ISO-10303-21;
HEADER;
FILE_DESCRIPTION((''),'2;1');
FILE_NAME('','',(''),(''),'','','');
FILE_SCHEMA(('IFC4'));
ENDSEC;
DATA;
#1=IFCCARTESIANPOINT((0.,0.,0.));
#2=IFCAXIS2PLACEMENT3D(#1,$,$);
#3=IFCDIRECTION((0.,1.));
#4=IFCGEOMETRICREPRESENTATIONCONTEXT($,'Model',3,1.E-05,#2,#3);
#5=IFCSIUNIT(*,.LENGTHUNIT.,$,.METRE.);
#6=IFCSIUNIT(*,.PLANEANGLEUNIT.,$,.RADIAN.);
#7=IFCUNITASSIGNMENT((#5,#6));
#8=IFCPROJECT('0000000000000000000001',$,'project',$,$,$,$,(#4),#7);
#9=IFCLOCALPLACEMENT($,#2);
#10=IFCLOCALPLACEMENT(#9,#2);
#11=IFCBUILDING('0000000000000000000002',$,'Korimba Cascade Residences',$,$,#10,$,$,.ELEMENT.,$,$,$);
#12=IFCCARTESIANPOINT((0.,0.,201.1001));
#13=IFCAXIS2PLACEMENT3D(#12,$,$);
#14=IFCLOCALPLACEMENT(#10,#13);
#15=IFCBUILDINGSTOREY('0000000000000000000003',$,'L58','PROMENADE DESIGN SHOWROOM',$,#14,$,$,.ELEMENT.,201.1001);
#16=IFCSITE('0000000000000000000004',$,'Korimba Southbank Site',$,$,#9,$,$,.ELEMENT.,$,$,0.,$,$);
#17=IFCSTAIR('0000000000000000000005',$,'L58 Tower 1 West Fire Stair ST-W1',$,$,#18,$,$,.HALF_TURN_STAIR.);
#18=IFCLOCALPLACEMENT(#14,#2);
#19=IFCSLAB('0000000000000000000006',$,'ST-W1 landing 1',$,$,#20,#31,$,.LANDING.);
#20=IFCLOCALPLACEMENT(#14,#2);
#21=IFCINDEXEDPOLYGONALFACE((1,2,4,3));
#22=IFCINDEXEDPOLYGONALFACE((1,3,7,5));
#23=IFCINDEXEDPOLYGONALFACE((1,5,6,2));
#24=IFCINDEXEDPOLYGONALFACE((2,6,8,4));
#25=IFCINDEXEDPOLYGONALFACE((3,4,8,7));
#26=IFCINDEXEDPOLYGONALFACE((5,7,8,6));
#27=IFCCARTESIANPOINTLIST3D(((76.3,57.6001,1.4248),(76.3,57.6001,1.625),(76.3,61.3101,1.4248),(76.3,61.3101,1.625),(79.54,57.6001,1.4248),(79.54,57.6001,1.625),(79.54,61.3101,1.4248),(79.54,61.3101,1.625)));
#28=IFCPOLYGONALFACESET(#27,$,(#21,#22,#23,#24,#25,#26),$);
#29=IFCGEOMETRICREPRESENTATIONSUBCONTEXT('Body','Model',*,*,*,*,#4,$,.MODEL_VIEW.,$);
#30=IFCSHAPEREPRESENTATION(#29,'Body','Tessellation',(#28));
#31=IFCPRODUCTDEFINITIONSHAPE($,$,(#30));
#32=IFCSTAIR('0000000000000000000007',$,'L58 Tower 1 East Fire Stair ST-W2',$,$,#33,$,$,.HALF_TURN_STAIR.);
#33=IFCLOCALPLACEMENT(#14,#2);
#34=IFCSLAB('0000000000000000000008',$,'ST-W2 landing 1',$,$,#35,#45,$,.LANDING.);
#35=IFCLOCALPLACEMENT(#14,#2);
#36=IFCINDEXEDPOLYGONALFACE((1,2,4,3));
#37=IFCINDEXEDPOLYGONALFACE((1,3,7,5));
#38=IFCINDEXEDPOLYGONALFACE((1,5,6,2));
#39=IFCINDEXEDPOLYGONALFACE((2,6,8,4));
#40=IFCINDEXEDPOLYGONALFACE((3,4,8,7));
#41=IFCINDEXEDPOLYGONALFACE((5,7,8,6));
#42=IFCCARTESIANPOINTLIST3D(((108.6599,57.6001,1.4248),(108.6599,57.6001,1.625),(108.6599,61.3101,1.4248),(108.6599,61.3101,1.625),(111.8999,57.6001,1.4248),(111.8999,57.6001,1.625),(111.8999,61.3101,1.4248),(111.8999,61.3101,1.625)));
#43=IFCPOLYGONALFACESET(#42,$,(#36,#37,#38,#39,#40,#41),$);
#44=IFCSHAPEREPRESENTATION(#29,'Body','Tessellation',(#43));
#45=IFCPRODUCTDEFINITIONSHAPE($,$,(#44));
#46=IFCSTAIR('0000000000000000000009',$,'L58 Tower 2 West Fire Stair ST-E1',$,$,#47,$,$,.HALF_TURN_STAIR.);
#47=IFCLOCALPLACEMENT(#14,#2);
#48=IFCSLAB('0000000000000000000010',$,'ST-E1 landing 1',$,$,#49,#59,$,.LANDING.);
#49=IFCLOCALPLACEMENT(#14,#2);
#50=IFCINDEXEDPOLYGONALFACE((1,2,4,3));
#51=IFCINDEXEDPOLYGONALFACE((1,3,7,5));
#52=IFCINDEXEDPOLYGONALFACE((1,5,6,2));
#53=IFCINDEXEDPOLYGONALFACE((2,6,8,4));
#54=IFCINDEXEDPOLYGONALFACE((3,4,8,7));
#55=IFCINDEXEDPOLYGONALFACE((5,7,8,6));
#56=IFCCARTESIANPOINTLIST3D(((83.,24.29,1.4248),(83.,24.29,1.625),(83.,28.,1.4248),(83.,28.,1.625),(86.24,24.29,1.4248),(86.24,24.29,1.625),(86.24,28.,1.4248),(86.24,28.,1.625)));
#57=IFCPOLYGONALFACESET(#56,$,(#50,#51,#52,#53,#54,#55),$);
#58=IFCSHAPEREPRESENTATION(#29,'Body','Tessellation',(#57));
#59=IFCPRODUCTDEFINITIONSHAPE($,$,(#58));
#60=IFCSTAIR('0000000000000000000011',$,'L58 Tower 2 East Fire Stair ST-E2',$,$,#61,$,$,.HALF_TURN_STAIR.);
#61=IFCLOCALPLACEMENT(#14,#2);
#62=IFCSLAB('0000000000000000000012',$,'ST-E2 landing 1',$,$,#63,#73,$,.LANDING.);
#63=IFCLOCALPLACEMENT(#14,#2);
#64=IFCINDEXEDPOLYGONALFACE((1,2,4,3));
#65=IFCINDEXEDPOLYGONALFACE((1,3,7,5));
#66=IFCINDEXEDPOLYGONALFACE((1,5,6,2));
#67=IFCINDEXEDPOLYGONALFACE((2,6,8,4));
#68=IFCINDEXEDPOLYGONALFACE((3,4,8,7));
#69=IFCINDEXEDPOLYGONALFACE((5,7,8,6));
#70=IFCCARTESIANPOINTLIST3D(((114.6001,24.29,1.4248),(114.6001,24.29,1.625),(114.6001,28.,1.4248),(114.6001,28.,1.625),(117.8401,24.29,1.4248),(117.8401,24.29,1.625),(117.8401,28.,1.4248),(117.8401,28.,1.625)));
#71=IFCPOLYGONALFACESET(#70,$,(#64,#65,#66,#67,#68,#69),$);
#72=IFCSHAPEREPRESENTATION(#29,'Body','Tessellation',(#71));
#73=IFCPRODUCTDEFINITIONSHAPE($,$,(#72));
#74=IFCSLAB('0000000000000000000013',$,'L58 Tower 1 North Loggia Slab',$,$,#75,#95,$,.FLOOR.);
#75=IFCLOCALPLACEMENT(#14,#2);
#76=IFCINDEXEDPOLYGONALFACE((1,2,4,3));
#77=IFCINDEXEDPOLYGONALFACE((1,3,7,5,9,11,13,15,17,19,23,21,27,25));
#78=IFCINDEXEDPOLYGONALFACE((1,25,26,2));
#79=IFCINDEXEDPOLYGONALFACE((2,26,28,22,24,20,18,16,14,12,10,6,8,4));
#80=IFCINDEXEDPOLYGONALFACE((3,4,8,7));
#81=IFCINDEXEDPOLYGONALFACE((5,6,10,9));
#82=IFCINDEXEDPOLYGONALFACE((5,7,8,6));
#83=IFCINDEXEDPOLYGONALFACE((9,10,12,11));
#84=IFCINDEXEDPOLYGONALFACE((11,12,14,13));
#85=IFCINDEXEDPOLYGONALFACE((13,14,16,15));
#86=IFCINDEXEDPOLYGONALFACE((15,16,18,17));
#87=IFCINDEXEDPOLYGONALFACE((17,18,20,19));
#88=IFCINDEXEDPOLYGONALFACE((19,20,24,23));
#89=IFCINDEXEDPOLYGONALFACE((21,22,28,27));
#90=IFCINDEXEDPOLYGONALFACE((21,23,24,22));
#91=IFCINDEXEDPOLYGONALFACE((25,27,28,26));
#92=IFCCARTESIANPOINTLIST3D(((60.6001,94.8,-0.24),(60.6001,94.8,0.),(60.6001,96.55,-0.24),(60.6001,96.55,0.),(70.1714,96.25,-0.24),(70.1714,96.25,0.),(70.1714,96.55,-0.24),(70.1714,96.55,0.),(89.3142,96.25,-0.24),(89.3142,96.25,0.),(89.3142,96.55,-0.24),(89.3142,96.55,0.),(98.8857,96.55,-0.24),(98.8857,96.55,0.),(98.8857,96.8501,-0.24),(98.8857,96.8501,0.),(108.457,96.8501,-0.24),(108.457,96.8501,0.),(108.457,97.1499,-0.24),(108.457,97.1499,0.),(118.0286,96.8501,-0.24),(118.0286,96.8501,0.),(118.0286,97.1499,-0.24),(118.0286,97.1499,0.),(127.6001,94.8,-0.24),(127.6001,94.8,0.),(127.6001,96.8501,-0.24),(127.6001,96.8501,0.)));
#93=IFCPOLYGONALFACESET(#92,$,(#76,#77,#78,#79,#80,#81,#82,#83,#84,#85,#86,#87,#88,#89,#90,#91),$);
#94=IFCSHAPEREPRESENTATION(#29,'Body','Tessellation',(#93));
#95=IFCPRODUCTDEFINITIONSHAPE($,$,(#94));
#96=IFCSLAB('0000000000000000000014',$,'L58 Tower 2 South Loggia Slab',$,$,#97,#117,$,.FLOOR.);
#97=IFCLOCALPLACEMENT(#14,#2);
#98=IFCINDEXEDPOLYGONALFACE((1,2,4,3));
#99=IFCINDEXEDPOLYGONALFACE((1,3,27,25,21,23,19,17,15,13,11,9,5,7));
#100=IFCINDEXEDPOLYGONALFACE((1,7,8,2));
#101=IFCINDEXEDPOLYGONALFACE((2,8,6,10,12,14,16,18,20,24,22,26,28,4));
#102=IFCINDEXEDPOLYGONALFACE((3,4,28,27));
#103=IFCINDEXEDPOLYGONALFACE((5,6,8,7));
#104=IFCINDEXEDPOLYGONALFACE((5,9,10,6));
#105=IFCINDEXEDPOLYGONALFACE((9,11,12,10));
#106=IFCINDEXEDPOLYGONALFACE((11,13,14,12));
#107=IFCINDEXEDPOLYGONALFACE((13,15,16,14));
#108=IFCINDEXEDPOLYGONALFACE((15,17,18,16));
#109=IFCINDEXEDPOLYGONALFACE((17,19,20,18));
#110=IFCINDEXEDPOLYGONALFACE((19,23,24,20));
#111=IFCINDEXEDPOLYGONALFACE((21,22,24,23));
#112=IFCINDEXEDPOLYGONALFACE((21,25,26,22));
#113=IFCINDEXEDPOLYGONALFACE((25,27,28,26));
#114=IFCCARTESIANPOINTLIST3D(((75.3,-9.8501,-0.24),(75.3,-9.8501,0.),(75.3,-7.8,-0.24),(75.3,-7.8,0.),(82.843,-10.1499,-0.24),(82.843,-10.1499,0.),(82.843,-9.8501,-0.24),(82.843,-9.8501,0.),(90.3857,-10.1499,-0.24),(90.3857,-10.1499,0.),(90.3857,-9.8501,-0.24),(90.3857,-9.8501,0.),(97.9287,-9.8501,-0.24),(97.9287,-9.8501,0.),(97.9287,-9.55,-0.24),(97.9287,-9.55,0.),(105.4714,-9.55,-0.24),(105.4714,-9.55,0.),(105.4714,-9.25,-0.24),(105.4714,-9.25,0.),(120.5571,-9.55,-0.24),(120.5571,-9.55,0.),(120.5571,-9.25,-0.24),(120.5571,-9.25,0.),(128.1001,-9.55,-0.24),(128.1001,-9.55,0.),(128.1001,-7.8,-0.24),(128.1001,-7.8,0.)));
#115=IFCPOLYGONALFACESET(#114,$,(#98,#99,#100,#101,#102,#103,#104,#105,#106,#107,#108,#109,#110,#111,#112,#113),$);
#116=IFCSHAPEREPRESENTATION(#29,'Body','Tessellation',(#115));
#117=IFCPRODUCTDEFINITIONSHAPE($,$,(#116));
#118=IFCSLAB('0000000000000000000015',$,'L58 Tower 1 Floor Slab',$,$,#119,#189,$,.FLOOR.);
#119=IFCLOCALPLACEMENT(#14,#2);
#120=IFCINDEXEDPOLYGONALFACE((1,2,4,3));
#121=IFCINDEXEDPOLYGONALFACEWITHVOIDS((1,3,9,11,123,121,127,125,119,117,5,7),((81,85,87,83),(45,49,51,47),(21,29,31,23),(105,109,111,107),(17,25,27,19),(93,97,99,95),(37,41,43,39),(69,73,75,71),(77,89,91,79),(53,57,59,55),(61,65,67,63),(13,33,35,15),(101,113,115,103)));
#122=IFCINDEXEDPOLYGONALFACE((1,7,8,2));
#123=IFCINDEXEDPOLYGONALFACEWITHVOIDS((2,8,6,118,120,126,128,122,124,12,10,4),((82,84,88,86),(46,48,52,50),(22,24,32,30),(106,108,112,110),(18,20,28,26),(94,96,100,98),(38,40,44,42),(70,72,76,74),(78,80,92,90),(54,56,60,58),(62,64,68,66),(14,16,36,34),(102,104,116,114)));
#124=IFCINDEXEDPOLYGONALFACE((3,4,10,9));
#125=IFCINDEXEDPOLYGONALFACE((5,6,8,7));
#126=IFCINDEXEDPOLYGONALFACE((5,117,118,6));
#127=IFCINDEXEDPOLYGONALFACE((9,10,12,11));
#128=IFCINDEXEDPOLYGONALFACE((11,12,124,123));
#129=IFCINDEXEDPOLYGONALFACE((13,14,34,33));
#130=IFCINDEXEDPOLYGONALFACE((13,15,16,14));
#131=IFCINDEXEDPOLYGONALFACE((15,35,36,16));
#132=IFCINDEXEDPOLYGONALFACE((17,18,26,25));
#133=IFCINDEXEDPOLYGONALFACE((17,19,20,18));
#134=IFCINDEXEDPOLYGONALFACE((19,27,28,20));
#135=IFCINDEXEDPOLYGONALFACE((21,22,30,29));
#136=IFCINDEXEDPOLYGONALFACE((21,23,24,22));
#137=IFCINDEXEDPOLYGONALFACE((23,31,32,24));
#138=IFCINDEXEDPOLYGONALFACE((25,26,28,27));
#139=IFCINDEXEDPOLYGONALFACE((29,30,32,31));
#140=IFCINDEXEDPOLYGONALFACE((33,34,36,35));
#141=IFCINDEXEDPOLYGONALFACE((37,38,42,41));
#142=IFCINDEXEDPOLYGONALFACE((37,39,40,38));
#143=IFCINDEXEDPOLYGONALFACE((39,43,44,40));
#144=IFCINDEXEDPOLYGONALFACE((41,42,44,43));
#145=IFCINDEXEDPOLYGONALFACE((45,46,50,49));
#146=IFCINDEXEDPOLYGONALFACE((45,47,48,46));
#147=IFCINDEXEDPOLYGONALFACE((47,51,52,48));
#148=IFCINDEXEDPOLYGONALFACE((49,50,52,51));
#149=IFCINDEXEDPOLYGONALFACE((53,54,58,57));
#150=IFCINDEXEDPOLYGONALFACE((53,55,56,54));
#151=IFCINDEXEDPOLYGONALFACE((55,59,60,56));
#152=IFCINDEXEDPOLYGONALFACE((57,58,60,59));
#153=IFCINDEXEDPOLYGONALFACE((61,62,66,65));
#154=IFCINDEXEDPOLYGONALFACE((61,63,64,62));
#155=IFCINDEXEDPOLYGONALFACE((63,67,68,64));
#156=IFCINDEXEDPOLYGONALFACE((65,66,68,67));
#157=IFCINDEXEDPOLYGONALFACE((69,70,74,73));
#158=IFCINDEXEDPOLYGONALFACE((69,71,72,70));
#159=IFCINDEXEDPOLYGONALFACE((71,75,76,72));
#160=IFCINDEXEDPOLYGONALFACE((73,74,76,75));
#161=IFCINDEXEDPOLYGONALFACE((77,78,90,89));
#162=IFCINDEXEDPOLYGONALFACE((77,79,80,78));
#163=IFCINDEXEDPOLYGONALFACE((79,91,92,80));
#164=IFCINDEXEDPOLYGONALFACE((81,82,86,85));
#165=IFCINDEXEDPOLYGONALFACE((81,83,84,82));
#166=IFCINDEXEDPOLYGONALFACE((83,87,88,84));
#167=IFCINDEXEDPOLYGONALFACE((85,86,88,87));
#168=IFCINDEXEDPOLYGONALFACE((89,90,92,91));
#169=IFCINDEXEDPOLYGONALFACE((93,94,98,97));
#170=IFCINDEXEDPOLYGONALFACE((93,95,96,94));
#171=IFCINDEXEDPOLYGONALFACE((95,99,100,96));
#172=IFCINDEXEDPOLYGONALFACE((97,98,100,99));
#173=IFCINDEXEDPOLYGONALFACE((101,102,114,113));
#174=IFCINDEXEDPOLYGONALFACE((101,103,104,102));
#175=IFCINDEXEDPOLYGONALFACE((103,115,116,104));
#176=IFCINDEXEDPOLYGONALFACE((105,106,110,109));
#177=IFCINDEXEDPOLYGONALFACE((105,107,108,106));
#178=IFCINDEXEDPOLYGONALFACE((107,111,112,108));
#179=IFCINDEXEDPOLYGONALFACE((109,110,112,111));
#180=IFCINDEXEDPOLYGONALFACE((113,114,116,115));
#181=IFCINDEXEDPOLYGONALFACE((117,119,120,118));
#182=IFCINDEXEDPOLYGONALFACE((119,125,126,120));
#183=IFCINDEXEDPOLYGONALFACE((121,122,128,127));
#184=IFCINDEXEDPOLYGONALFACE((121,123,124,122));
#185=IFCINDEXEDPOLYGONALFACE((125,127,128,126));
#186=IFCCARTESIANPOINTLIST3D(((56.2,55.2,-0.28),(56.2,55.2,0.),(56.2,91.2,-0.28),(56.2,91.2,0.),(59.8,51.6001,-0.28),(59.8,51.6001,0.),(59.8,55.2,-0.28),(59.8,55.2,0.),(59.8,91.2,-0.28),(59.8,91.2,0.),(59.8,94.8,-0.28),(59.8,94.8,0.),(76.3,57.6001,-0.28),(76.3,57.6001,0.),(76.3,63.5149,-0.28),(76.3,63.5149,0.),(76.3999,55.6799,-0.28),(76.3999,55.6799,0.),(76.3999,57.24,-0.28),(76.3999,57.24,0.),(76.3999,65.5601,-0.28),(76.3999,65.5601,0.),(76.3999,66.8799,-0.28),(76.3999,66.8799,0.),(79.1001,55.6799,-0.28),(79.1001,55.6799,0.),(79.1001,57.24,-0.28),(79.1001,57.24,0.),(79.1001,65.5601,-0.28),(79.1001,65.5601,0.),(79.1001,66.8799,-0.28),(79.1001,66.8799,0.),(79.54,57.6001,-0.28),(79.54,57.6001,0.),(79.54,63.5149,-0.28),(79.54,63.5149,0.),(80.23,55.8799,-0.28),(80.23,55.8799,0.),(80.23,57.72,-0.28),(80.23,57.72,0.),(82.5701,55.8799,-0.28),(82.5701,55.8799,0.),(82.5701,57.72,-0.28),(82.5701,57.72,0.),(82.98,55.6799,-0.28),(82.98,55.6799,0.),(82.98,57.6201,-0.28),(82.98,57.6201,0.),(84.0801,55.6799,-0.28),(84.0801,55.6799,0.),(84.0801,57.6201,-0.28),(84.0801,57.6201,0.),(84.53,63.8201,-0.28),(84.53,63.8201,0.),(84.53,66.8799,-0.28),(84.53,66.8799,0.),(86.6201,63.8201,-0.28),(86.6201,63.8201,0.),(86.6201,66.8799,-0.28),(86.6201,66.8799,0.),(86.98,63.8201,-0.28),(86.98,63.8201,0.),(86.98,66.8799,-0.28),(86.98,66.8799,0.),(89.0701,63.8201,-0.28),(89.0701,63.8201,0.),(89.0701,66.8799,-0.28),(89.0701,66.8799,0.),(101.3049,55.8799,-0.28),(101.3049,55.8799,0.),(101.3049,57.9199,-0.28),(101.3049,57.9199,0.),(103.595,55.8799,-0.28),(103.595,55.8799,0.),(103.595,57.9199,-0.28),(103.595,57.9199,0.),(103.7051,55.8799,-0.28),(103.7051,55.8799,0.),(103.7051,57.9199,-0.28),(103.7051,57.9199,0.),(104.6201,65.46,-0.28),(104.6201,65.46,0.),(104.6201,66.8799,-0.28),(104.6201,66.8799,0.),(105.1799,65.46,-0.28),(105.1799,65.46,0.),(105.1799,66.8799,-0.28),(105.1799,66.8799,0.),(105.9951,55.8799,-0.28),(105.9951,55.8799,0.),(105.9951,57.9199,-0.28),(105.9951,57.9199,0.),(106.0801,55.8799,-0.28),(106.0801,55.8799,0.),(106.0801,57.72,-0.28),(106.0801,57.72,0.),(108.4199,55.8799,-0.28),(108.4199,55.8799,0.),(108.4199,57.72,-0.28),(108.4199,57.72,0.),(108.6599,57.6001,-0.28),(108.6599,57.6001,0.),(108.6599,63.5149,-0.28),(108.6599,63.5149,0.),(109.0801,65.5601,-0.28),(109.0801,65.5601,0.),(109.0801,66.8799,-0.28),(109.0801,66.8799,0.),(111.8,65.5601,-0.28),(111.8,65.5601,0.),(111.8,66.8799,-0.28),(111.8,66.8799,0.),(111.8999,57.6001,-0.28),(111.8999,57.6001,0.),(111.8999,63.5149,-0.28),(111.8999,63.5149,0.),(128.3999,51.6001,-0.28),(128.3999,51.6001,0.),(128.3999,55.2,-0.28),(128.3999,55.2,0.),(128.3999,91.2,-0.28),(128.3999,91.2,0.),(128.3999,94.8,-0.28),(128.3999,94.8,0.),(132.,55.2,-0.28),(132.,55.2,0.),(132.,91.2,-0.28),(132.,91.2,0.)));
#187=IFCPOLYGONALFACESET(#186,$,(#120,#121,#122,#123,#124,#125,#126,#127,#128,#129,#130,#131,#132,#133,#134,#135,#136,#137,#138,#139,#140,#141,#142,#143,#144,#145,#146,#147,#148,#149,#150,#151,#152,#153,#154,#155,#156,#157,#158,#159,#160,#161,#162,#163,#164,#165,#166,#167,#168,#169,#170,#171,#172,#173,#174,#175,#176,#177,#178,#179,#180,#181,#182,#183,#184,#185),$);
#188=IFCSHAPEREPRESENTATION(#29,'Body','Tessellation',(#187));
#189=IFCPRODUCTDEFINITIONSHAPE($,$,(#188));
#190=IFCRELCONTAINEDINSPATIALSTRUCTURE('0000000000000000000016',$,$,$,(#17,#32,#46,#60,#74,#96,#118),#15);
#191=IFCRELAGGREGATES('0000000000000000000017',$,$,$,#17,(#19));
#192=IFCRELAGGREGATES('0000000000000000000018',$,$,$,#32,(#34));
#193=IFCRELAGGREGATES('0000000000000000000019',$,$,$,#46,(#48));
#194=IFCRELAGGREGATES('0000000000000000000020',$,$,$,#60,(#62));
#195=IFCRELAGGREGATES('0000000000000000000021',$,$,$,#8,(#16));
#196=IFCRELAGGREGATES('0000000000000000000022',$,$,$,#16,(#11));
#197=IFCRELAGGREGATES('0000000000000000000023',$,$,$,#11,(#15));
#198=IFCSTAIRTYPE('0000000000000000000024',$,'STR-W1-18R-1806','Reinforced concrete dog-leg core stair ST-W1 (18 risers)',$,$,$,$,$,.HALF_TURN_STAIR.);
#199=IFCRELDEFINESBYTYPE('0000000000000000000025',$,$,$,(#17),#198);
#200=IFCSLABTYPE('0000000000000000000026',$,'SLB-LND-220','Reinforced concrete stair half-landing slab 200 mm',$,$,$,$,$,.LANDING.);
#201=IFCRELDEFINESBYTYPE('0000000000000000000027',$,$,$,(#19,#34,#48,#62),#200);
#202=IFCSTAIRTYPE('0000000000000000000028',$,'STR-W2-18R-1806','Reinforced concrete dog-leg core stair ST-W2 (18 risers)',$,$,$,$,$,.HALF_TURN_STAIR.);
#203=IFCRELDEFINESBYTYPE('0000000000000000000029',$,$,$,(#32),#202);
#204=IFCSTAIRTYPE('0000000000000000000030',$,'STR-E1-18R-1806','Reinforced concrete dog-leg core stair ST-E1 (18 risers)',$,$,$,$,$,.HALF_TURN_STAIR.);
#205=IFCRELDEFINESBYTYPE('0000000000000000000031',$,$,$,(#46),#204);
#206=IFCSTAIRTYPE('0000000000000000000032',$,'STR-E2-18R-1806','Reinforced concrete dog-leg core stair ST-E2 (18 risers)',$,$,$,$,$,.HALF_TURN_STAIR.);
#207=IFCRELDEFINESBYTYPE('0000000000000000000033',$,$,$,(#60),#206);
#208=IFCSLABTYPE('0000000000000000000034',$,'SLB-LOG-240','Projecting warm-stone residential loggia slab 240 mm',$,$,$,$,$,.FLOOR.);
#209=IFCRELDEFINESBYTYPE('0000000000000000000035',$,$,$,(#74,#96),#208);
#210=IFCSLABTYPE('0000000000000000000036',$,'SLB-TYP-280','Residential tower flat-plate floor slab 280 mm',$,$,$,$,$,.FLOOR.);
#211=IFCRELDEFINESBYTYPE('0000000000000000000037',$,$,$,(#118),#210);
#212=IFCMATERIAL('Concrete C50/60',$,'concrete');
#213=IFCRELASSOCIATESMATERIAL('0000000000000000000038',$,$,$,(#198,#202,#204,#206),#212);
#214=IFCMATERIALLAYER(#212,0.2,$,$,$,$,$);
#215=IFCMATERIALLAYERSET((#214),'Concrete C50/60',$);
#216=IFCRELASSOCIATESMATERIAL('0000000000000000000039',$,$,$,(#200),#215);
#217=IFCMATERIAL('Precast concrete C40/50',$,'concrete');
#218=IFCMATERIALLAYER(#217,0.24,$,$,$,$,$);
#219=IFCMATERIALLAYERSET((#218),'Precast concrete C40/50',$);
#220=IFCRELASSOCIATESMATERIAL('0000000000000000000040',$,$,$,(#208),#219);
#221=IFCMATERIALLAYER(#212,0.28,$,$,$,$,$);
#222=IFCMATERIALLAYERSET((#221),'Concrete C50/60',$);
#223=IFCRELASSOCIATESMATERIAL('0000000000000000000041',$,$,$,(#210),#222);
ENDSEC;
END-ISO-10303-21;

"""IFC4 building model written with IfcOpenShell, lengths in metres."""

from ifc_helpers import new_model, si_unit, direction, frame, origin, place, context, subcontext, project, spatial, polyline, outline, extrude, material, layer, layer_set, type_object, element, aggregate, save


model = new_model("IFC4")

# Units and contexts
model_context = context("Model", 3, precision=1e-05, world=origin(), true_north=direction((0.0, 1.0)))
body_context = subcontext(model_context, "Body", "Model", "MODEL_VIEW")
ifc_project = project(units=[si_unit("LENGTHUNIT", "METRE"), si_unit("PLANEANGLEUNIT", "RADIAN")], contexts=[model_context])

# Site, building, storey
site_placement = place(None, origin())
site = spatial("IfcSite", under=ifc_project, at=site_placement, Name="Korimba Southbank Site", CompositionType="ELEMENT", RefElevation=0.0)
building_placement = place(site_placement, origin())
building = spatial("IfcBuilding", under=site, at=building_placement, Name="Korimba Cascade Residences", CompositionType="ELEMENT")
storey_placement = place(building_placement, frame((0.0, 0.0, 201.1001)))
storey = spatial("IfcBuildingStorey", under=building, at=storey_placement, Name="L58", Description="PROMENADE DESIGN SHOWROOM", CompositionType="ELEMENT", Elevation=201.1001)

# Stairs, slabs
ifc_material_1 = material(Name="Concrete C50/60", Category="concrete")
stair_type_1 = type_object("IfcStairType", Name="STR-W1-18R-1806", Description="Reinforced concrete dog-leg core stair ST-W1 (18 risers)", PredefinedType="HALF_TURN_STAIR", material=ifc_material_1)
stair_1_placement = place(storey_placement, origin())
stair_1 = element("IfcStair", 1, at=stair_1_placement, inside=storey, type_object=stair_type_1, Name="L58 Tower 1 West Fire Stair ST-W1", PredefinedType="HALF_TURN_STAIR")
ifc_layer_1 = layer(ifc_material_1, 0.2)
ifc_layer_set_1 = layer_set([ifc_layer_1], Name="Concrete C50/60")
slab_type_1 = type_object("IfcSlabType", Name="SLB-LND-220", Description="Reinforced concrete stair half-landing slab 200 mm", PredefinedType="LANDING", material=ifc_layer_set_1)
slab_1_placement = place(storey_placement, frame((0.0, 0.0, 1.4248)))
slab_1 = element("IfcSlab", 2, at=slab_1_placement, type_object=slab_type_1, Name="ST-W1 landing 1", PredefinedType="LANDING", context=body_context, shape_type="SweptSolid", body=[
    extrude(outline(polyline([(76.3, 61.3101), (76.3, 57.6001), (79.54, 57.6001), (79.54, 61.3101), (76.3, 61.3101)])), origin(), (0.0, 0.0, 1.0), 0.2002),
])
aggregate(stair_1, [slab_1])
stair_type_2 = type_object("IfcStairType", Name="STR-W2-18R-1806", Description="Reinforced concrete dog-leg core stair ST-W2 (18 risers)", PredefinedType="HALF_TURN_STAIR", material=ifc_material_1)
stair_2_placement = place(storey_placement, origin())
stair_2 = element("IfcStair", 3, at=stair_2_placement, inside=storey, type_object=stair_type_2, Name="L58 Tower 1 East Fire Stair ST-W2", PredefinedType="HALF_TURN_STAIR")
slab_2_placement = place(storey_placement, frame((0.0, 0.0, 1.4248)))
slab_2 = element("IfcSlab", 4, at=slab_2_placement, type_object=slab_type_1, Name="ST-W2 landing 1", PredefinedType="LANDING", context=body_context, shape_type="SweptSolid", body=[
    extrude(outline(polyline([(108.6599, 61.3101), (108.6599, 57.6001), (111.8999, 57.6001), (111.8999, 61.3101), (108.6599, 61.3101)])), origin(), (0.0, 0.0, 1.0), 0.2002),
])
aggregate(stair_2, [slab_2])
stair_type_3 = type_object("IfcStairType", Name="STR-E1-18R-1806", Description="Reinforced concrete dog-leg core stair ST-E1 (18 risers)", PredefinedType="HALF_TURN_STAIR", material=ifc_material_1)
stair_3_placement = place(storey_placement, origin())
stair_3 = element("IfcStair", 5, at=stair_3_placement, inside=storey, type_object=stair_type_3, Name="L58 Tower 2 West Fire Stair ST-E1", PredefinedType="HALF_TURN_STAIR")
slab_3_placement = place(storey_placement, frame((0.0, 0.0, 1.4248)))
slab_3 = element("IfcSlab", 6, at=slab_3_placement, type_object=slab_type_1, Name="ST-E1 landing 1", PredefinedType="LANDING", context=body_context, shape_type="SweptSolid", body=[
    extrude(outline(polyline([(86.24, 24.29), (86.24, 28.0), (83.0, 28.0), (83.0, 24.29), (86.24, 24.29)])), origin(), (0.0, 0.0, 1.0), 0.2002),
])
aggregate(stair_3, [slab_3])
stair_type_4 = type_object("IfcStairType", Name="STR-E2-18R-1806", Description="Reinforced concrete dog-leg core stair ST-E2 (18 risers)", PredefinedType="HALF_TURN_STAIR", material=ifc_material_1)
stair_4_placement = place(storey_placement, origin())
stair_4 = element("IfcStair", 7, at=stair_4_placement, inside=storey, type_object=stair_type_4, Name="L58 Tower 2 East Fire Stair ST-E2", PredefinedType="HALF_TURN_STAIR")
slab_4_placement = place(storey_placement, frame((0.0, 0.0, 1.4248)))
slab_4 = element("IfcSlab", 8, at=slab_4_placement, type_object=slab_type_1, Name="ST-E2 landing 1", PredefinedType="LANDING", context=body_context, shape_type="SweptSolid", body=[
    extrude(outline(polyline([(117.8401, 24.29), (117.8401, 28.0), (114.6001, 28.0), (114.6001, 24.29), (117.8401, 24.29)])), origin(), (0.0, 0.0, 1.0), 0.2002),
])
aggregate(stair_4, [slab_4])

# Slabs
ifc_material_2 = material(Name="Precast concrete C40/50", Category="concrete")
ifc_layer_2 = layer(ifc_material_2, 0.24)
ifc_layer_set_2 = layer_set([ifc_layer_2], Name="Precast concrete C40/50")
slab_type_2 = type_object("IfcSlabType", Name="SLB-LOG-240", Description="Projecting warm-stone residential loggia slab 240 mm", PredefinedType="FLOOR", material=ifc_layer_set_2)
slab_5_placement = place(storey_placement, frame((0.0, 0.0, -0.24)))
element("IfcSlab", 9, at=slab_5_placement, inside=storey, type_object=slab_type_2, Name="L58 Tower 1 North Loggia Slab", PredefinedType="FLOOR", context=body_context, shape_type="SweptSolid", body=[
    extrude(outline(polyline([(60.6001, 94.8), (127.6001, 94.8), (127.6001, 96.8501), (118.0286, 96.8501), (118.0286, 97.1499), (108.457, 97.1499), (108.457, 96.8501), (98.8857, 96.8501), (98.8857, 96.55), (89.3142, 96.55), (89.3142, 96.25), (70.1714, 96.25), (70.1714, 96.55), (60.6001, 96.55), (60.6001, 94.8)])), origin(), (0.0, 0.0, 1.0), 0.24),
])
slab_6_placement = place(storey_placement, frame((0.0, 0.0, -0.24)))
element("IfcSlab", 10, at=slab_6_placement, inside=storey, type_object=slab_type_2, Name="L58 Tower 2 South Loggia Slab", PredefinedType="FLOOR", context=body_context, shape_type="SweptSolid", body=[
    extrude(outline(polyline([(75.3, -9.8501), (82.843, -9.8501), (82.843, -10.1499), (90.3857, -10.1499), (90.3857, -9.8501), (97.9287, -9.8501), (97.9287, -9.55), (105.4714, -9.55), (105.4714, -9.25), (120.5571, -9.25), (120.5571, -9.55), (128.1001, -9.55), (128.1001, -7.8), (75.3, -7.8), (75.3, -9.8501)])), origin(), (0.0, 0.0, 1.0), 0.24),
])
ifc_layer_3 = layer(ifc_material_1, 0.28)
ifc_layer_set_3 = layer_set([ifc_layer_3], Name="Concrete C50/60")
slab_type_3 = type_object("IfcSlabType", Name="SLB-TYP-280", Description="Residential tower flat-plate floor slab 280 mm", PredefinedType="FLOOR", material=ifc_layer_set_3)
slab_7_placement = place(storey_placement, frame((0.0, 0.0, -0.28)))
element("IfcSlab", 11, at=slab_7_placement, inside=storey, type_object=slab_type_3, Name="L58 Tower 1 Floor Slab", PredefinedType="FLOOR", context=body_context, shape_type="SweptSolid", body=[
    extrude(outline(polyline([(59.8, 51.6001), (128.3999, 51.6001), (128.3999, 55.2), (132.0, 55.2), (132.0, 91.2), (128.3999, 91.2), (128.3999, 94.8), (59.8, 94.8), (59.8, 91.2), (56.2, 91.2), (56.2, 55.2), (59.8, 55.2), (59.8, 51.6001)]), holes=[polyline([(76.3, 63.5149), (76.3, 57.6001), (79.54, 57.6001), (79.54, 63.5149), (76.3, 63.5149)]), polyline([(108.6599, 63.5149), (108.6599, 57.6001), (111.8999, 57.6001), (111.8999, 63.5149), (108.6599, 63.5149)]), polyline([(80.23, 55.8799), (82.5701, 55.8799), (82.5701, 57.72), (80.23, 57.72), (80.23, 55.8799)]), polyline([(106.0801, 55.8799), (108.4199, 55.8799), (108.4199, 57.72), (106.0801, 57.72), (106.0801, 55.8799)]), polyline([(101.3049, 55.8799), (103.595, 55.8799), (103.595, 57.9199), (101.3049, 57.9199), (101.3049, 55.8799)]), polyline([(103.7051, 55.8799), (105.9951, 55.8799), (105.9951, 57.9199), (103.7051, 57.9199), (103.7051, 55.8799)]), polyline([(82.98, 55.6799), (84.0801, 55.6799), (84.0801, 57.6201), (82.98, 57.6201), (82.98, 55.6799)]), polyline([(76.3999, 65.5601), (79.1001, 65.5601), (79.1001, 66.8799), (76.3999, 66.8799), (76.3999, 65.5601)]), polyline([(76.3999, 55.6799), (79.1001, 55.6799), (79.1001, 57.24), (76.3999, 57.24), (76.3999, 55.6799)]), polyline([(84.53, 63.8201), (86.6201, 63.8201), (86.6201, 66.8799), (84.53, 66.8799), (84.53, 63.8201)]), polyline([(86.98, 63.8201), (89.0701, 63.8201), (89.0701, 66.8799), (86.98, 66.8799), (86.98, 63.8201)]), polyline([(104.6201, 65.46), (105.1799, 65.46), (105.1799, 66.8799), (104.6201, 66.8799), (104.6201, 65.46)]), polyline([(109.0801, 65.5601), (111.8, 65.5601), (111.8, 66.8799), (109.0801, 66.8799), (109.0801, 65.5601)])]), origin(), (0.0, 0.0, 1.0), 0.28),
])

save(model, "model.ifc")
